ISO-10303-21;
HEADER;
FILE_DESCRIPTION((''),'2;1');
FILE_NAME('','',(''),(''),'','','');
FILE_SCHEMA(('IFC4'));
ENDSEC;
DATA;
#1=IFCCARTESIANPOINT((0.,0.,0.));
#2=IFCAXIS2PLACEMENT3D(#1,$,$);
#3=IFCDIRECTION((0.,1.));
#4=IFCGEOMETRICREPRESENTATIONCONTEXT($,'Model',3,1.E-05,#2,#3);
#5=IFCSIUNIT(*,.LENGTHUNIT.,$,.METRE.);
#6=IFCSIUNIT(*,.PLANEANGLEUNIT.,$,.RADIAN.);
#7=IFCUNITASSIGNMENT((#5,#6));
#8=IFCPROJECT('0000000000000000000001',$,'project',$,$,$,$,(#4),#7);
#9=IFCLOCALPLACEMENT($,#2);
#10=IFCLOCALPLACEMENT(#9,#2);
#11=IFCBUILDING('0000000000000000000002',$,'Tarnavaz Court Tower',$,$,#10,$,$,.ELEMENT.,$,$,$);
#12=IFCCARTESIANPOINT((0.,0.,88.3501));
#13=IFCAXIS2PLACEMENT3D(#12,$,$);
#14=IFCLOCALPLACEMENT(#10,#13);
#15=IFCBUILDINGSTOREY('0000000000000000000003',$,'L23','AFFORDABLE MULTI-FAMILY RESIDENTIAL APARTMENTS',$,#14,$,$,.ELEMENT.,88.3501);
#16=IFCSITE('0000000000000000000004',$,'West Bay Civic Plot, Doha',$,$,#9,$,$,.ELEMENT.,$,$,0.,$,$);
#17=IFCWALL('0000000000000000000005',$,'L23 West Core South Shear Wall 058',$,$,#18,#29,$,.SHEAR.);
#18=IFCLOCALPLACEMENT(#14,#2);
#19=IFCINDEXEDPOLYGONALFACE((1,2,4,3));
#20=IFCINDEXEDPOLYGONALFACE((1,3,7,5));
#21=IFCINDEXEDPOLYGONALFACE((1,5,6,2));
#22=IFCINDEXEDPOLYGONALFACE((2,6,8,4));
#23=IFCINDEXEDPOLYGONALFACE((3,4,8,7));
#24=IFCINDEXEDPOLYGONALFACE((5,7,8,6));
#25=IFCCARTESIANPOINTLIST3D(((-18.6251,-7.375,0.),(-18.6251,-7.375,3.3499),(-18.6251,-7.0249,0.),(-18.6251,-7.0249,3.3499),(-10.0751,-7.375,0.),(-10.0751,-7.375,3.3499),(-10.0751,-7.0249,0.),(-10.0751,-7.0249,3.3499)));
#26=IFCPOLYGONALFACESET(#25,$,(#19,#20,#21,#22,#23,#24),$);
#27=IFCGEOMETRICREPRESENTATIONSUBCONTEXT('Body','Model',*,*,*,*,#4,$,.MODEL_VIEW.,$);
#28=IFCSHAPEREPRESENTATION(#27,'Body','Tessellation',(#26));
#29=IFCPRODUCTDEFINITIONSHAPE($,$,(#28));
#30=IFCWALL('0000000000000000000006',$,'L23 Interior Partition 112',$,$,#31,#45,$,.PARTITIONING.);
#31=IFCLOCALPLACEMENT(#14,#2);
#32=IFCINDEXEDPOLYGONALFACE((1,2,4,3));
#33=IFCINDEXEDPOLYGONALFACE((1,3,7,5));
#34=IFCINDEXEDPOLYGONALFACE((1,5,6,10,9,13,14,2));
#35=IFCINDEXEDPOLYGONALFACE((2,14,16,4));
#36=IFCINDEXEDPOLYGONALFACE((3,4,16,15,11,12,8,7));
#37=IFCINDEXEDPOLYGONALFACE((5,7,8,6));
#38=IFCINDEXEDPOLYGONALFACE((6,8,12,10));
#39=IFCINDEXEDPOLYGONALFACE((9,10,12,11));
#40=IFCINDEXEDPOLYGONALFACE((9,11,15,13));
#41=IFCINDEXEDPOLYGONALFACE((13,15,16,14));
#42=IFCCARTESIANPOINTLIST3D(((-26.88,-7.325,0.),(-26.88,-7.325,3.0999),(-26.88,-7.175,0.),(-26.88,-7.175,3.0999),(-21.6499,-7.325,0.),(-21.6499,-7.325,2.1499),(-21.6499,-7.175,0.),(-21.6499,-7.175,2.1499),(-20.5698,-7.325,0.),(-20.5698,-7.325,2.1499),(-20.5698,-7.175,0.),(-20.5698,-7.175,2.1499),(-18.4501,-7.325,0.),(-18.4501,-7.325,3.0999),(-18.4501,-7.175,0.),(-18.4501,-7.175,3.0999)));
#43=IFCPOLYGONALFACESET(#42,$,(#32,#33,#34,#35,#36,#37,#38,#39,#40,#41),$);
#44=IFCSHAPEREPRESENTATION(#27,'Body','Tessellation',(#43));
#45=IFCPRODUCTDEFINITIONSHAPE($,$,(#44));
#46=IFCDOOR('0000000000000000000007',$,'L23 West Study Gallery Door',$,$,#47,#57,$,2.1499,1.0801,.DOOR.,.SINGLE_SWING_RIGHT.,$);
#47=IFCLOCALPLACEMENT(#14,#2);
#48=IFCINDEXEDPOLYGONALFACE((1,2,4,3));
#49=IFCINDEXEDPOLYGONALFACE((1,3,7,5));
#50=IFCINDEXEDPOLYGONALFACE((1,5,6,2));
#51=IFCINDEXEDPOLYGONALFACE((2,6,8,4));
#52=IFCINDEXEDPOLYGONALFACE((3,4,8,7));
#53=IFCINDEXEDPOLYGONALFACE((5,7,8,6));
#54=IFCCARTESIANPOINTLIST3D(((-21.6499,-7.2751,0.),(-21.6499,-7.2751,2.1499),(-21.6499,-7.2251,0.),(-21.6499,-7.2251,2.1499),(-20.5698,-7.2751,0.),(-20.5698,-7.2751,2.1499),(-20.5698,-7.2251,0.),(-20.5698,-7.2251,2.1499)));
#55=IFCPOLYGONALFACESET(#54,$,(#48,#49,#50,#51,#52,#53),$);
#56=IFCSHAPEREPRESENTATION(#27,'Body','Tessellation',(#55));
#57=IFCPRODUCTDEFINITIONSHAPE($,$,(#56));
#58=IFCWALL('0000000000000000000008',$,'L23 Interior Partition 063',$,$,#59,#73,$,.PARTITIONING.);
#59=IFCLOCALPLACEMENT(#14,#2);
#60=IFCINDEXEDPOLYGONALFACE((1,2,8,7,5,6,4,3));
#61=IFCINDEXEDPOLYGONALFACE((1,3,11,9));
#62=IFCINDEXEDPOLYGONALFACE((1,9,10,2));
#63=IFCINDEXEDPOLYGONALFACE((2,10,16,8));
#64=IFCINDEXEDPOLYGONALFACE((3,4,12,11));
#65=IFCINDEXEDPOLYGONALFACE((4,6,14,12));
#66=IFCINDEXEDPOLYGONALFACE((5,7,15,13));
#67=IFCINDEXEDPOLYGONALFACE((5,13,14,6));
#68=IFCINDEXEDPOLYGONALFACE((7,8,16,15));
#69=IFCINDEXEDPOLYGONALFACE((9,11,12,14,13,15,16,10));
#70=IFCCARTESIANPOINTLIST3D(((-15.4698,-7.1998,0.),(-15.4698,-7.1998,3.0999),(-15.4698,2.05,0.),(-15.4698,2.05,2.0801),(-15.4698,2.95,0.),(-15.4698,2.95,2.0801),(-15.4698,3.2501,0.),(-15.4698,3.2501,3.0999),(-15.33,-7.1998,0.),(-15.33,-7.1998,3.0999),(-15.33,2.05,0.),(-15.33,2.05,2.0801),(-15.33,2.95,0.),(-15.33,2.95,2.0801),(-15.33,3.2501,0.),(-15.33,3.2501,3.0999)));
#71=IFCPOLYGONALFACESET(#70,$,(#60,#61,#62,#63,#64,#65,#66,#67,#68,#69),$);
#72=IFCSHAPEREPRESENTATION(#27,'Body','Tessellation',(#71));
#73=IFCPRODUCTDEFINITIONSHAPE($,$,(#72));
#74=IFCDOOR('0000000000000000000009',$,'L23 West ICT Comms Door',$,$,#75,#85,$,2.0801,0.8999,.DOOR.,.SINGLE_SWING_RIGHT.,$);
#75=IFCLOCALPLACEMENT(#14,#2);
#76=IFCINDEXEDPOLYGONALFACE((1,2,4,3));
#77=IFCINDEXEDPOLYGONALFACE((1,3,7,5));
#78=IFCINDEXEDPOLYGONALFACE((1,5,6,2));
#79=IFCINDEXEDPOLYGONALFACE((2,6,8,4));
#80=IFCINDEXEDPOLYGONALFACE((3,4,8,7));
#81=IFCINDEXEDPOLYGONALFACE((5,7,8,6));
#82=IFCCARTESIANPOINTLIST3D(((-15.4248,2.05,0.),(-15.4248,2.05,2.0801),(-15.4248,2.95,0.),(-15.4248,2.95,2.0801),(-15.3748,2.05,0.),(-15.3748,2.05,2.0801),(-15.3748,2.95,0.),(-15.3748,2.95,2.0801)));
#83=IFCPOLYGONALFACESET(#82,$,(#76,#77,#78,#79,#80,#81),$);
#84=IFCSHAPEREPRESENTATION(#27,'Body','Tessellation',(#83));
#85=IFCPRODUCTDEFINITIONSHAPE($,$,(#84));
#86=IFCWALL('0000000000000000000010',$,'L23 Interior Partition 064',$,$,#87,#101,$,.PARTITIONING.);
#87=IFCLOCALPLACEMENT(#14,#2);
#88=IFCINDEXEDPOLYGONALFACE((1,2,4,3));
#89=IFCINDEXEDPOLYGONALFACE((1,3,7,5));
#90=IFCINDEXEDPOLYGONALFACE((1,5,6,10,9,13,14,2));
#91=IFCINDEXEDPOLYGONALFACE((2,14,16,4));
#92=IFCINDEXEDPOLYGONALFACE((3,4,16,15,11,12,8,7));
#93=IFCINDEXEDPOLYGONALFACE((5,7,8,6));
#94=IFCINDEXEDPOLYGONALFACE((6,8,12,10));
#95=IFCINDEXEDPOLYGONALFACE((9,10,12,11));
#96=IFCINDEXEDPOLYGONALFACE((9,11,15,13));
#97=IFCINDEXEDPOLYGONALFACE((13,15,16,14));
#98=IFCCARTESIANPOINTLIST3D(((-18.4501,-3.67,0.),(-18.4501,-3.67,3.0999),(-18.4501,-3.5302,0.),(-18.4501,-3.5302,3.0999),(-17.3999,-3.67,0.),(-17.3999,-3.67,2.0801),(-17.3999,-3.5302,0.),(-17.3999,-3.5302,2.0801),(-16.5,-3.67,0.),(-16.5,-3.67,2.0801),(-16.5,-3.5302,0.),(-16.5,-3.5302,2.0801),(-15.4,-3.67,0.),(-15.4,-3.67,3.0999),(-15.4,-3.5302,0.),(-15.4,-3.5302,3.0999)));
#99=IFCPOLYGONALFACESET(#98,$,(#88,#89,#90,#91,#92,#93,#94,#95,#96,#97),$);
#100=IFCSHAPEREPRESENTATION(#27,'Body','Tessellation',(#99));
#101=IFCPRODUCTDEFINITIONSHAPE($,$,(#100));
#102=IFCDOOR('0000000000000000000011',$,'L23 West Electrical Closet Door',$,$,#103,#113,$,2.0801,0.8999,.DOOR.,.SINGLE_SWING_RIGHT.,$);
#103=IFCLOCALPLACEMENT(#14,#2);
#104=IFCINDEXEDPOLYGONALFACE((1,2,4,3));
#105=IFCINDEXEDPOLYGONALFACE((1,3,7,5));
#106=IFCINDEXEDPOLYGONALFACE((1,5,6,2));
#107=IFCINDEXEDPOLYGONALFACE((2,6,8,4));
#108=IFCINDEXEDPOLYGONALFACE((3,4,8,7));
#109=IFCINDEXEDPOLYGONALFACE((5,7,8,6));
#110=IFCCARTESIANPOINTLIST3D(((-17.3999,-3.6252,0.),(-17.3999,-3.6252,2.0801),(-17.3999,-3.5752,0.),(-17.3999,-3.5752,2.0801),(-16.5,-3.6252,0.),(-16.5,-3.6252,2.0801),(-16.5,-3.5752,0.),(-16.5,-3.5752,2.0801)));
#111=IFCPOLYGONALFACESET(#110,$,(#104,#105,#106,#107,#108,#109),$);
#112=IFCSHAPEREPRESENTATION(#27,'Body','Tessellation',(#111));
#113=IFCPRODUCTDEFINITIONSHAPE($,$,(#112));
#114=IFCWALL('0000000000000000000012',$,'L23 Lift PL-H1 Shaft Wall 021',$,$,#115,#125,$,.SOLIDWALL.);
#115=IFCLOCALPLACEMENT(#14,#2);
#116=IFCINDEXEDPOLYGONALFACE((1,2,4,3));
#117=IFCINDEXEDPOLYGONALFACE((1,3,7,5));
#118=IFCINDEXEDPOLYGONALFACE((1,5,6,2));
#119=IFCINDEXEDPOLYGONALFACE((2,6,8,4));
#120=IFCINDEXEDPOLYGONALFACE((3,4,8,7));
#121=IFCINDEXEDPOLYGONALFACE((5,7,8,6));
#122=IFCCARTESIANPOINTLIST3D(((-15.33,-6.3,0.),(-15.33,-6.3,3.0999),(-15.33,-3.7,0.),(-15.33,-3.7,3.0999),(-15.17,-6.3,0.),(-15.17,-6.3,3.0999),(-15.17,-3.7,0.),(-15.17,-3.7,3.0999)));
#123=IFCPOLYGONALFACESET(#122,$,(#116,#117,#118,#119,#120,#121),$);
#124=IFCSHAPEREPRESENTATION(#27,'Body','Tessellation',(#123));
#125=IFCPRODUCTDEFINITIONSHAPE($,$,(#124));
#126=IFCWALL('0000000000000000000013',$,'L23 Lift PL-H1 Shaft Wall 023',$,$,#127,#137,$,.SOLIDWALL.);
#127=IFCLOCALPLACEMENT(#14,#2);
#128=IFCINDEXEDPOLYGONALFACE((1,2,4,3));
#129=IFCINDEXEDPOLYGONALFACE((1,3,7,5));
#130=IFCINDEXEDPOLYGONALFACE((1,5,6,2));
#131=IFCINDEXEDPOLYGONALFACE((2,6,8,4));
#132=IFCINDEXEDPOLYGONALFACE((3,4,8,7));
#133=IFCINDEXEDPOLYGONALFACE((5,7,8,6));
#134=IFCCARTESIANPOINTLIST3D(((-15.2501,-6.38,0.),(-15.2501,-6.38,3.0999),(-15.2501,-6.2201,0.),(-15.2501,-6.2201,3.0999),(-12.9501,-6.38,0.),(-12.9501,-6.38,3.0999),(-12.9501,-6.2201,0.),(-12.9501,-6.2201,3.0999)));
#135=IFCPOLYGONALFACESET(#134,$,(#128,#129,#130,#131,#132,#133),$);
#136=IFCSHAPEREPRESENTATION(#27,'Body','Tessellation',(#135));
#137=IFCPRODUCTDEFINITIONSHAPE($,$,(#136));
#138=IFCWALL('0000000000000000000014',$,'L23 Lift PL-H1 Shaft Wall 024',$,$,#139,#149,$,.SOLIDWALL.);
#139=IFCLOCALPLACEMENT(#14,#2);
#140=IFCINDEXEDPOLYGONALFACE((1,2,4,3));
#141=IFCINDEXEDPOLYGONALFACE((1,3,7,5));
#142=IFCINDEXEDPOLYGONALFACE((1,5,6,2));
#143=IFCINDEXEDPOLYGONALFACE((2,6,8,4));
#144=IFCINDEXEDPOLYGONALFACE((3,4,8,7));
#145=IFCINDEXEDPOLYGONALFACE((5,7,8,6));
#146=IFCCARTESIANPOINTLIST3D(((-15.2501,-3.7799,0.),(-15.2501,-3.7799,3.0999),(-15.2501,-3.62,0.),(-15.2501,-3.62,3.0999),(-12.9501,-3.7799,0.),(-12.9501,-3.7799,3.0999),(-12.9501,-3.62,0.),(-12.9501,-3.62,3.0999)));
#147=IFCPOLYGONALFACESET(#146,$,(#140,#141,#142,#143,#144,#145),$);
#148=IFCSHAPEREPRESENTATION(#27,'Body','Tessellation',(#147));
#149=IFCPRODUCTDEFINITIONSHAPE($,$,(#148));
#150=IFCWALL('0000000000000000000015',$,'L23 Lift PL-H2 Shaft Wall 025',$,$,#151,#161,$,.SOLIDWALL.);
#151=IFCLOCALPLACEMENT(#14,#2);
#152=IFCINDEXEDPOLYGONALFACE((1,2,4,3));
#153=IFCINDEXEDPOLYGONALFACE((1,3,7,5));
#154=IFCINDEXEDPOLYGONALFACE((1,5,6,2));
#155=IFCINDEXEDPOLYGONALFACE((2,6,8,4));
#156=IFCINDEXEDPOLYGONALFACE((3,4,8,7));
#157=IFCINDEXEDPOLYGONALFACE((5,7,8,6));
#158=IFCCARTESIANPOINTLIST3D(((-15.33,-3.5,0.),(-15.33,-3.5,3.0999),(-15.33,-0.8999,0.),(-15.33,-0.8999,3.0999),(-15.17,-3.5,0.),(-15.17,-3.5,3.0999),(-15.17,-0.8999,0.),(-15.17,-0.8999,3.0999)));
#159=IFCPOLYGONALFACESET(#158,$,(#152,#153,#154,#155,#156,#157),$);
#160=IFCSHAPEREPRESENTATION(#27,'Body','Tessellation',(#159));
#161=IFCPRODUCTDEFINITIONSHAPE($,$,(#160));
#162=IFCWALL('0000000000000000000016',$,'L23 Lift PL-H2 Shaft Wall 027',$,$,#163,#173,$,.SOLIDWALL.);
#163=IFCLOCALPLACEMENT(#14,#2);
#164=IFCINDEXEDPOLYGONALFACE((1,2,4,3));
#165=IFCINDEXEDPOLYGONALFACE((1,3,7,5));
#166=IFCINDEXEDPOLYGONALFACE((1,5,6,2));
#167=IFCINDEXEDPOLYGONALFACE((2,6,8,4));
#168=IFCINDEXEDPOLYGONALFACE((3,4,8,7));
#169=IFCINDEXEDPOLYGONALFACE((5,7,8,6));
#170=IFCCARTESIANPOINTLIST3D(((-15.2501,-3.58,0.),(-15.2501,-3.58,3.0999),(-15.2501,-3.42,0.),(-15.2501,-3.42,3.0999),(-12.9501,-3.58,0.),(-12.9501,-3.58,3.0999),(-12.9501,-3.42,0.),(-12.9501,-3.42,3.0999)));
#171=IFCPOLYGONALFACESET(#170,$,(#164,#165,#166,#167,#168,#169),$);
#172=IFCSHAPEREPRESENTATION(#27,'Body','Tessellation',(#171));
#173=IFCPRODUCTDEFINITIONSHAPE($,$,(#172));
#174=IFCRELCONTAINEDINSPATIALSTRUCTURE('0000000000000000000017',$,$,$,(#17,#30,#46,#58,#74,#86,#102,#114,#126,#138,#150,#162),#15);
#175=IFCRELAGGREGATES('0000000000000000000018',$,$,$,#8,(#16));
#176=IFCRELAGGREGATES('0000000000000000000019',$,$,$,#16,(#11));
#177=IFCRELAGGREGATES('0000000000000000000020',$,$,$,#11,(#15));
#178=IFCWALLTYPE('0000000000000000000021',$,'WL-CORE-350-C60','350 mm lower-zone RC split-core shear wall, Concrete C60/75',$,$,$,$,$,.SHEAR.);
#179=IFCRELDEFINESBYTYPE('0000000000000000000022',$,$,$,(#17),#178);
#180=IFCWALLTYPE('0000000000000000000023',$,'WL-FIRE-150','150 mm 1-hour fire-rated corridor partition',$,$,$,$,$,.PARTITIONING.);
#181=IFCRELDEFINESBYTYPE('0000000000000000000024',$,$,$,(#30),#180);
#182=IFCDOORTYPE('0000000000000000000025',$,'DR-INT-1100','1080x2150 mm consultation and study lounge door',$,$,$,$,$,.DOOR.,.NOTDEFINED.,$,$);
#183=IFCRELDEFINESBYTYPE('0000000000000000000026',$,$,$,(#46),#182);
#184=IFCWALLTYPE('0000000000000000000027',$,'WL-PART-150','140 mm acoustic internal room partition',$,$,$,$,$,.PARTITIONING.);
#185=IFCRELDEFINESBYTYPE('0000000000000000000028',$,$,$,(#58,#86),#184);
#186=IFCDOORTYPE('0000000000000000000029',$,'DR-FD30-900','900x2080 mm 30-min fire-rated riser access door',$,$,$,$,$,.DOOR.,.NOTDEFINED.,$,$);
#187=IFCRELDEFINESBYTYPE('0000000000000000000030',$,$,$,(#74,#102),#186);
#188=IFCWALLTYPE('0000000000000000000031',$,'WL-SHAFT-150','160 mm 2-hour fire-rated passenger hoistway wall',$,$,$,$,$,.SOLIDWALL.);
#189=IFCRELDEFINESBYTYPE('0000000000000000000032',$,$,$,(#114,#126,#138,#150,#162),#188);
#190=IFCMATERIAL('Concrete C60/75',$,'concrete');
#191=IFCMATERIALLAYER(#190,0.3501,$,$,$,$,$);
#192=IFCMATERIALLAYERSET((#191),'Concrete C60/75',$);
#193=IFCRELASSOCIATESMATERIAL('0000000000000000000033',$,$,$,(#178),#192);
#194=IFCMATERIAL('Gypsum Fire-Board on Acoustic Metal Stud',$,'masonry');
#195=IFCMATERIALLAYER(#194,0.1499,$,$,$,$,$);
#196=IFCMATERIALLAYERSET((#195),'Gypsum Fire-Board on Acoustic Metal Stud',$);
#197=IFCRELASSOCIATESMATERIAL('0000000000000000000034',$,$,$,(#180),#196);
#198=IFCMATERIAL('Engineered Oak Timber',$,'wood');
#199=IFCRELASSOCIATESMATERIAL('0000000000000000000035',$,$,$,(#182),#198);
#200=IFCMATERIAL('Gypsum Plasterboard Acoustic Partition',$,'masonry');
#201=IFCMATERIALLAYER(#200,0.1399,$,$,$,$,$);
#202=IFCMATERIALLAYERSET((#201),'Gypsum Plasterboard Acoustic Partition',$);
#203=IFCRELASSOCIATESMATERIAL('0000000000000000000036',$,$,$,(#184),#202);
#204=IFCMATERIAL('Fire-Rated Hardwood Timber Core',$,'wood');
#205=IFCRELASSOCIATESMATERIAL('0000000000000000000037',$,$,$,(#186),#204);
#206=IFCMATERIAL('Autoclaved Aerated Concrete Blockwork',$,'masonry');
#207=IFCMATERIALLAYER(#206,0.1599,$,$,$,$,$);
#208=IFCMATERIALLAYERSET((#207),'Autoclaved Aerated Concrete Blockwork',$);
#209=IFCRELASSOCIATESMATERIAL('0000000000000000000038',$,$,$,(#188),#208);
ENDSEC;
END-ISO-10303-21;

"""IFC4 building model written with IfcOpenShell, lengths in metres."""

from ifc_helpers import new_model, si_unit, direction, frame, frame_2d, origin, place, context, subcontext, project, spatial, rectangle, extrude, material, layer, layer_set, type_object, element, fill, save


model = new_model("IFC4")

# Units and contexts
model_context = context("Model", 3, precision=1e-05, world=origin(), true_north=direction((0.0, 1.0)))
body_context = subcontext(model_context, "Body", "Model", "MODEL_VIEW")
ifc_project = project(units=[si_unit("LENGTHUNIT", "METRE"), si_unit("PLANEANGLEUNIT", "RADIAN")], contexts=[model_context])

# Site, building, storey
site_placement = place(None, origin())
site = spatial("IfcSite", under=ifc_project, at=site_placement, Name="West Bay Civic Plot, Doha", CompositionType="ELEMENT", RefElevation=0.0)
building_placement = place(site_placement, origin())
building = spatial("IfcBuilding", under=site, at=building_placement, Name="Tarnavaz Court Tower", CompositionType="ELEMENT")
storey_placement = place(building_placement, frame((0.0, 0.0, 88.3501)))
storey = spatial("IfcBuildingStorey", under=building, at=storey_placement, Name="L23", Description="AFFORDABLE MULTI-FAMILY RESIDENTIAL APARTMENTS", CompositionType="ELEMENT", Elevation=88.3501)

# Shared definitions
ifc_material_1 = material(Name="Concrete C60/75", Category="concrete")

# Wall
ifc_layer_1 = layer(ifc_material_1, 0.3501)
ifc_layer_set_1 = layer_set([ifc_layer_1], Name="Concrete C60/75")
wall_type_1 = type_object("IfcWallType", Name="WL-CORE-350-C60", Description="350 mm lower-zone RC split-core shear wall, Concrete C60/75", PredefinedType="SHEAR", material=ifc_layer_set_1)
wall_1_placement = place(storey_placement, frame((-18.625, -7.2, 0.0), z_axis=(0.0, 0.0, 1.0), x_axis=(1.0, 0.0, 0.0)))
element("IfcWall", 1, at=wall_1_placement, inside=storey, type_object=wall_type_1, Name="L23 West Core South Shear Wall 058", PredefinedType="SHEAR", context=body_context, shape_type="SweptSolid", body=[
    extrude(rectangle(XDim=8.55, YDim=0.3501, at=frame_2d((4.2749, 0.0))), origin(), (0.0, 0.0, 1.0), 3.3499),
])

# Walls, openings, doors
ifc_material_2 = material(Name="Gypsum Fire-Board on Acoustic Metal Stud", Category="masonry")
ifc_layer_2 = layer(ifc_material_2, 0.1499)
ifc_layer_set_2 = layer_set([ifc_layer_2], Name="Gypsum Fire-Board on Acoustic Metal Stud")
wall_type_2 = type_object("IfcWallType", Name="WL-FIRE-150", Description="150 mm 1-hour fire-rated corridor partition", PredefinedType="PARTITIONING", material=ifc_layer_set_2)
wall_2_placement = place(storey_placement, frame((-26.8799, -7.25, 0.0), z_axis=(0.0, 0.0, 1.0), x_axis=(1.0, 0.0, 0.0)))
wall_2 = element("IfcWall", 2, at=wall_2_placement, inside=storey, type_object=wall_type_2, Name="L23 Interior Partition 112", PredefinedType="PARTITIONING", context=body_context, shape_type="SweptSolid", body=[
    extrude(rectangle(XDim=8.4299, YDim=0.1499, at=frame_2d((4.2148, 0.0))), origin(), (0.0, 0.0, 1.0), 3.0999),
])
opening_1_placement = place(wall_2_placement, frame((5.23, 0.0, 0.0)))
opening_1 = element("IfcOpeningElement", 3, at=opening_1_placement, cuts=wall_2, PredefinedType="OPENING", context=body_context, shape_type="SweptSolid", body=[
    extrude(rectangle(XDim=1.0801, YDim=2.1499, at=frame_2d((0.54, 1.075))), frame((0.0, 0.085, 0.0), z_axis=(0.0, -1.0, 0.0), x_axis=(1.0, 0.0, 0.0)), (0.0, 0.0, 1.0), 0.1699),
])
ifc_material_3 = material(Name="Engineered Oak Timber", Category="wood")
door_type_1 = type_object("IfcDoorType", Name="DR-INT-1100", Description="1080x2150 mm consultation and study lounge door", OperationType="NOTDEFINED", PredefinedType="DOOR", material=ifc_material_3)
door_1_placement = place(opening_1_placement, origin())
door_1 = element("IfcDoor", 4, at=door_1_placement, inside=storey, type_object=door_type_1, Name="L23 West Study Gallery Door", OperationType="SINGLE_SWING_RIGHT", OverallHeight=2.1499, OverallWidth=1.0801, PredefinedType="DOOR", context=body_context, shape_type="SweptSolid", body=[
    extrude(rectangle(XDim=1.0801, YDim=2.1499, at=frame_2d((0.54, 1.075))), frame((0.0, 0.0249, 0.0), z_axis=(0.0, -1.0, 0.0), x_axis=(1.0, 0.0, 0.0)), (0.0, 0.0, 1.0), 0.05),
])
fill(opening_1, door_1)
ifc_material_4 = material(Name="Gypsum Plasterboard Acoustic Partition", Category="masonry")
ifc_layer_3 = layer(ifc_material_4, 0.1399)
ifc_layer_set_3 = layer_set([ifc_layer_3], Name="Gypsum Plasterboard Acoustic Partition")
wall_type_3 = type_object("IfcWallType", Name="WL-PART-150", Description="140 mm acoustic internal room partition", PredefinedType="PARTITIONING", material=ifc_layer_set_3)
wall_3_placement = place(storey_placement, frame((-15.3999, -7.2, 0.0), z_axis=(0.0, 0.0, 1.0), x_axis=(0.0, 1.0, 0.0)))
wall_3 = element("IfcWall", 5, at=wall_3_placement, inside=storey, type_object=wall_type_3, Name="L23 Interior Partition 063", PredefinedType="PARTITIONING", context=body_context, shape_type="SweptSolid", body=[
    extrude(rectangle(XDim=10.45, YDim=0.1399, at=frame_2d((5.2251, 0.0))), origin(), (0.0, 0.0, 1.0), 3.0999),
])
opening_2_placement = place(wall_3_placement, frame((9.25, 0.0, 0.0)))
opening_2 = element("IfcOpeningElement", 6, at=opening_2_placement, cuts=wall_3, PredefinedType="OPENING", context=body_context, shape_type="SweptSolid", body=[
    extrude(rectangle(XDim=0.8999, YDim=2.0801, at=frame_2d((0.45, 1.04))), frame((0.0, 0.0798, 0.0), z_axis=(0.0, -1.0, 0.0), x_axis=(1.0, 0.0, 0.0)), (0.0, 0.0, 1.0), 0.1599),
])
ifc_material_5 = material(Name="Fire-Rated Hardwood Timber Core", Category="wood")
door_type_2 = type_object("IfcDoorType", Name="DR-FD30-900", Description="900x2080 mm 30-min fire-rated riser access door", OperationType="NOTDEFINED", PredefinedType="DOOR", material=ifc_material_5)
door_2_placement = place(opening_2_placement, origin())
door_2 = element("IfcDoor", 7, at=door_2_placement, inside=storey, type_object=door_type_2, Name="L23 West ICT Comms Door", OperationType="SINGLE_SWING_RIGHT", OverallHeight=2.0801, OverallWidth=0.8999, PredefinedType="DOOR", context=body_context, shape_type="SweptSolid", body=[
    extrude(rectangle(XDim=0.8999, YDim=2.0801, at=frame_2d((0.45, 1.04))), frame((0.0, 0.0249, 0.0), z_axis=(0.0, -1.0, 0.0), x_axis=(1.0, 0.0, 0.0)), (0.0, 0.0, 1.0), 0.05),
])
fill(opening_2, door_2)
wall_4_placement = place(storey_placement, frame((-18.45, -3.6001, 0.0), z_axis=(0.0, 0.0, 1.0), x_axis=(1.0, 0.0, 0.0)))
wall_4 = element("IfcWall", 8, at=wall_4_placement, inside=storey, type_object=wall_type_3, Name="L23 Interior Partition 064", PredefinedType="PARTITIONING", context=body_context, shape_type="SweptSolid", body=[
    extrude(rectangle(XDim=3.05, YDim=0.1399, at=frame_2d((1.5249, 0.0))), origin(), (0.0, 0.0, 1.0), 3.0999),
])
opening_3_placement = place(wall_4_placement, frame((1.05, 0.0, 0.0)))
opening_3 = element("IfcOpeningElement", 9, at=opening_3_placement, cuts=wall_4, PredefinedType="OPENING", context=body_context, shape_type="SweptSolid", body=[
    extrude(rectangle(XDim=0.8999, YDim=2.0801, at=frame_2d((0.45, 1.04))), frame((0.0, 0.0798, 0.0), z_axis=(0.0, -1.0, 0.0), x_axis=(1.0, 0.0, 0.0)), (0.0, 0.0, 1.0), 0.1599),
])
door_3_placement = place(opening_3_placement, origin())
door_3 = element("IfcDoor", 10, at=door_3_placement, inside=storey, type_object=door_type_2, Name="L23 West Electrical Closet Door", OperationType="SINGLE_SWING_RIGHT", OverallHeight=2.0801, OverallWidth=0.8999, PredefinedType="DOOR", context=body_context, shape_type="SweptSolid", body=[
    extrude(rectangle(XDim=0.8999, YDim=2.0801, at=frame_2d((0.45, 1.04))), frame((0.0, 0.0249, 0.0), z_axis=(0.0, -1.0, 0.0), x_axis=(1.0, 0.0, 0.0)), (0.0, 0.0, 1.0), 0.05),
])
fill(opening_3, door_3)

# Walls
ifc_material_6 = material(Name="Autoclaved Aerated Concrete Blockwork", Category="masonry")
ifc_layer_4 = layer(ifc_material_6, 0.1599)
ifc_layer_set_4 = layer_set([ifc_layer_4], Name="Autoclaved Aerated Concrete Blockwork")
wall_type_4 = type_object("IfcWallType", Name="WL-SHAFT-150", Description="160 mm 2-hour fire-rated passenger hoistway wall", PredefinedType="SOLIDWALL", material=ifc_layer_set_4)
wall_5_placement = place(storey_placement, frame((-15.25, -6.3, 0.0), z_axis=(0.0, 0.0, 1.0), x_axis=(0.0, 1.0, 0.0)))
element("IfcWall", 11, at=wall_5_placement, inside=storey, type_object=wall_type_4, Name="L23 Lift PL-H1 Shaft Wall 021", PredefinedType="SOLIDWALL", context=body_context, shape_type="SweptSolid", body=[
    extrude(rectangle(XDim=2.6001, YDim=0.1599, at=frame_2d((1.3, 0.0))), origin(), (0.0, 0.0, 1.0), 3.0999),
])
for number, where, z_axis, x_axis, name in (
    (12, (-15.25, -6.3, 0.0), (0.0, 0.0, 1.0), (1.0, 0.0, 0.0), "L23 Lift PL-H1 Shaft Wall 023"),
    (13, (-15.25, -3.7, 0.0), (0.0, 0.0, 1.0), (1.0, 0.0, 0.0), "L23 Lift PL-H1 Shaft Wall 024"),
):
    element("IfcWall", number, at=place(storey_placement, frame(where, z_axis=z_axis, x_axis=x_axis)), inside=storey, type_object=wall_type_4, Name=name, PredefinedType="SOLIDWALL", context=body_context, shape_type="SweptSolid", body=[
        extrude(rectangle(XDim=2.3, YDim=0.1599, at=frame_2d((1.1499, 0.0))), origin(), (0.0, 0.0, 1.0), 3.0999),
    ])
wall_6_placement = place(storey_placement, frame((-15.25, -3.5, 0.0), z_axis=(0.0, 0.0, 1.0), x_axis=(0.0, 1.0, 0.0)))
element("IfcWall", 14, at=wall_6_placement, inside=storey, type_object=wall_type_4, Name="L23 Lift PL-H2 Shaft Wall 025", PredefinedType="SOLIDWALL", context=body_context, shape_type="SweptSolid", body=[
    extrude(rectangle(XDim=2.6001, YDim=0.1599, at=frame_2d((1.3, 0.0))), origin(), (0.0, 0.0, 1.0), 3.0999),
])
for number, where, z_axis, x_axis, name in (
    (15, (-15.25, -3.5, 0.0), (0.0, 0.0, 1.0), (1.0, 0.0, 0.0), "L23 Lift PL-H2 Shaft Wall 027"),
):
    element("IfcWall", number, at=place(storey_placement, frame(where, z_axis=z_axis, x_axis=x_axis)), inside=storey, type_object=wall_type_4, Name=name, PredefinedType="SOLIDWALL", context=body_context, shape_type="SweptSolid", body=[
        extrude(rectangle(XDim=2.3, YDim=0.1599, at=frame_2d((1.1499, 0.0))), origin(), (0.0, 0.0, 1.0), 3.0999),
    ])

save(model, "model.ifc")
